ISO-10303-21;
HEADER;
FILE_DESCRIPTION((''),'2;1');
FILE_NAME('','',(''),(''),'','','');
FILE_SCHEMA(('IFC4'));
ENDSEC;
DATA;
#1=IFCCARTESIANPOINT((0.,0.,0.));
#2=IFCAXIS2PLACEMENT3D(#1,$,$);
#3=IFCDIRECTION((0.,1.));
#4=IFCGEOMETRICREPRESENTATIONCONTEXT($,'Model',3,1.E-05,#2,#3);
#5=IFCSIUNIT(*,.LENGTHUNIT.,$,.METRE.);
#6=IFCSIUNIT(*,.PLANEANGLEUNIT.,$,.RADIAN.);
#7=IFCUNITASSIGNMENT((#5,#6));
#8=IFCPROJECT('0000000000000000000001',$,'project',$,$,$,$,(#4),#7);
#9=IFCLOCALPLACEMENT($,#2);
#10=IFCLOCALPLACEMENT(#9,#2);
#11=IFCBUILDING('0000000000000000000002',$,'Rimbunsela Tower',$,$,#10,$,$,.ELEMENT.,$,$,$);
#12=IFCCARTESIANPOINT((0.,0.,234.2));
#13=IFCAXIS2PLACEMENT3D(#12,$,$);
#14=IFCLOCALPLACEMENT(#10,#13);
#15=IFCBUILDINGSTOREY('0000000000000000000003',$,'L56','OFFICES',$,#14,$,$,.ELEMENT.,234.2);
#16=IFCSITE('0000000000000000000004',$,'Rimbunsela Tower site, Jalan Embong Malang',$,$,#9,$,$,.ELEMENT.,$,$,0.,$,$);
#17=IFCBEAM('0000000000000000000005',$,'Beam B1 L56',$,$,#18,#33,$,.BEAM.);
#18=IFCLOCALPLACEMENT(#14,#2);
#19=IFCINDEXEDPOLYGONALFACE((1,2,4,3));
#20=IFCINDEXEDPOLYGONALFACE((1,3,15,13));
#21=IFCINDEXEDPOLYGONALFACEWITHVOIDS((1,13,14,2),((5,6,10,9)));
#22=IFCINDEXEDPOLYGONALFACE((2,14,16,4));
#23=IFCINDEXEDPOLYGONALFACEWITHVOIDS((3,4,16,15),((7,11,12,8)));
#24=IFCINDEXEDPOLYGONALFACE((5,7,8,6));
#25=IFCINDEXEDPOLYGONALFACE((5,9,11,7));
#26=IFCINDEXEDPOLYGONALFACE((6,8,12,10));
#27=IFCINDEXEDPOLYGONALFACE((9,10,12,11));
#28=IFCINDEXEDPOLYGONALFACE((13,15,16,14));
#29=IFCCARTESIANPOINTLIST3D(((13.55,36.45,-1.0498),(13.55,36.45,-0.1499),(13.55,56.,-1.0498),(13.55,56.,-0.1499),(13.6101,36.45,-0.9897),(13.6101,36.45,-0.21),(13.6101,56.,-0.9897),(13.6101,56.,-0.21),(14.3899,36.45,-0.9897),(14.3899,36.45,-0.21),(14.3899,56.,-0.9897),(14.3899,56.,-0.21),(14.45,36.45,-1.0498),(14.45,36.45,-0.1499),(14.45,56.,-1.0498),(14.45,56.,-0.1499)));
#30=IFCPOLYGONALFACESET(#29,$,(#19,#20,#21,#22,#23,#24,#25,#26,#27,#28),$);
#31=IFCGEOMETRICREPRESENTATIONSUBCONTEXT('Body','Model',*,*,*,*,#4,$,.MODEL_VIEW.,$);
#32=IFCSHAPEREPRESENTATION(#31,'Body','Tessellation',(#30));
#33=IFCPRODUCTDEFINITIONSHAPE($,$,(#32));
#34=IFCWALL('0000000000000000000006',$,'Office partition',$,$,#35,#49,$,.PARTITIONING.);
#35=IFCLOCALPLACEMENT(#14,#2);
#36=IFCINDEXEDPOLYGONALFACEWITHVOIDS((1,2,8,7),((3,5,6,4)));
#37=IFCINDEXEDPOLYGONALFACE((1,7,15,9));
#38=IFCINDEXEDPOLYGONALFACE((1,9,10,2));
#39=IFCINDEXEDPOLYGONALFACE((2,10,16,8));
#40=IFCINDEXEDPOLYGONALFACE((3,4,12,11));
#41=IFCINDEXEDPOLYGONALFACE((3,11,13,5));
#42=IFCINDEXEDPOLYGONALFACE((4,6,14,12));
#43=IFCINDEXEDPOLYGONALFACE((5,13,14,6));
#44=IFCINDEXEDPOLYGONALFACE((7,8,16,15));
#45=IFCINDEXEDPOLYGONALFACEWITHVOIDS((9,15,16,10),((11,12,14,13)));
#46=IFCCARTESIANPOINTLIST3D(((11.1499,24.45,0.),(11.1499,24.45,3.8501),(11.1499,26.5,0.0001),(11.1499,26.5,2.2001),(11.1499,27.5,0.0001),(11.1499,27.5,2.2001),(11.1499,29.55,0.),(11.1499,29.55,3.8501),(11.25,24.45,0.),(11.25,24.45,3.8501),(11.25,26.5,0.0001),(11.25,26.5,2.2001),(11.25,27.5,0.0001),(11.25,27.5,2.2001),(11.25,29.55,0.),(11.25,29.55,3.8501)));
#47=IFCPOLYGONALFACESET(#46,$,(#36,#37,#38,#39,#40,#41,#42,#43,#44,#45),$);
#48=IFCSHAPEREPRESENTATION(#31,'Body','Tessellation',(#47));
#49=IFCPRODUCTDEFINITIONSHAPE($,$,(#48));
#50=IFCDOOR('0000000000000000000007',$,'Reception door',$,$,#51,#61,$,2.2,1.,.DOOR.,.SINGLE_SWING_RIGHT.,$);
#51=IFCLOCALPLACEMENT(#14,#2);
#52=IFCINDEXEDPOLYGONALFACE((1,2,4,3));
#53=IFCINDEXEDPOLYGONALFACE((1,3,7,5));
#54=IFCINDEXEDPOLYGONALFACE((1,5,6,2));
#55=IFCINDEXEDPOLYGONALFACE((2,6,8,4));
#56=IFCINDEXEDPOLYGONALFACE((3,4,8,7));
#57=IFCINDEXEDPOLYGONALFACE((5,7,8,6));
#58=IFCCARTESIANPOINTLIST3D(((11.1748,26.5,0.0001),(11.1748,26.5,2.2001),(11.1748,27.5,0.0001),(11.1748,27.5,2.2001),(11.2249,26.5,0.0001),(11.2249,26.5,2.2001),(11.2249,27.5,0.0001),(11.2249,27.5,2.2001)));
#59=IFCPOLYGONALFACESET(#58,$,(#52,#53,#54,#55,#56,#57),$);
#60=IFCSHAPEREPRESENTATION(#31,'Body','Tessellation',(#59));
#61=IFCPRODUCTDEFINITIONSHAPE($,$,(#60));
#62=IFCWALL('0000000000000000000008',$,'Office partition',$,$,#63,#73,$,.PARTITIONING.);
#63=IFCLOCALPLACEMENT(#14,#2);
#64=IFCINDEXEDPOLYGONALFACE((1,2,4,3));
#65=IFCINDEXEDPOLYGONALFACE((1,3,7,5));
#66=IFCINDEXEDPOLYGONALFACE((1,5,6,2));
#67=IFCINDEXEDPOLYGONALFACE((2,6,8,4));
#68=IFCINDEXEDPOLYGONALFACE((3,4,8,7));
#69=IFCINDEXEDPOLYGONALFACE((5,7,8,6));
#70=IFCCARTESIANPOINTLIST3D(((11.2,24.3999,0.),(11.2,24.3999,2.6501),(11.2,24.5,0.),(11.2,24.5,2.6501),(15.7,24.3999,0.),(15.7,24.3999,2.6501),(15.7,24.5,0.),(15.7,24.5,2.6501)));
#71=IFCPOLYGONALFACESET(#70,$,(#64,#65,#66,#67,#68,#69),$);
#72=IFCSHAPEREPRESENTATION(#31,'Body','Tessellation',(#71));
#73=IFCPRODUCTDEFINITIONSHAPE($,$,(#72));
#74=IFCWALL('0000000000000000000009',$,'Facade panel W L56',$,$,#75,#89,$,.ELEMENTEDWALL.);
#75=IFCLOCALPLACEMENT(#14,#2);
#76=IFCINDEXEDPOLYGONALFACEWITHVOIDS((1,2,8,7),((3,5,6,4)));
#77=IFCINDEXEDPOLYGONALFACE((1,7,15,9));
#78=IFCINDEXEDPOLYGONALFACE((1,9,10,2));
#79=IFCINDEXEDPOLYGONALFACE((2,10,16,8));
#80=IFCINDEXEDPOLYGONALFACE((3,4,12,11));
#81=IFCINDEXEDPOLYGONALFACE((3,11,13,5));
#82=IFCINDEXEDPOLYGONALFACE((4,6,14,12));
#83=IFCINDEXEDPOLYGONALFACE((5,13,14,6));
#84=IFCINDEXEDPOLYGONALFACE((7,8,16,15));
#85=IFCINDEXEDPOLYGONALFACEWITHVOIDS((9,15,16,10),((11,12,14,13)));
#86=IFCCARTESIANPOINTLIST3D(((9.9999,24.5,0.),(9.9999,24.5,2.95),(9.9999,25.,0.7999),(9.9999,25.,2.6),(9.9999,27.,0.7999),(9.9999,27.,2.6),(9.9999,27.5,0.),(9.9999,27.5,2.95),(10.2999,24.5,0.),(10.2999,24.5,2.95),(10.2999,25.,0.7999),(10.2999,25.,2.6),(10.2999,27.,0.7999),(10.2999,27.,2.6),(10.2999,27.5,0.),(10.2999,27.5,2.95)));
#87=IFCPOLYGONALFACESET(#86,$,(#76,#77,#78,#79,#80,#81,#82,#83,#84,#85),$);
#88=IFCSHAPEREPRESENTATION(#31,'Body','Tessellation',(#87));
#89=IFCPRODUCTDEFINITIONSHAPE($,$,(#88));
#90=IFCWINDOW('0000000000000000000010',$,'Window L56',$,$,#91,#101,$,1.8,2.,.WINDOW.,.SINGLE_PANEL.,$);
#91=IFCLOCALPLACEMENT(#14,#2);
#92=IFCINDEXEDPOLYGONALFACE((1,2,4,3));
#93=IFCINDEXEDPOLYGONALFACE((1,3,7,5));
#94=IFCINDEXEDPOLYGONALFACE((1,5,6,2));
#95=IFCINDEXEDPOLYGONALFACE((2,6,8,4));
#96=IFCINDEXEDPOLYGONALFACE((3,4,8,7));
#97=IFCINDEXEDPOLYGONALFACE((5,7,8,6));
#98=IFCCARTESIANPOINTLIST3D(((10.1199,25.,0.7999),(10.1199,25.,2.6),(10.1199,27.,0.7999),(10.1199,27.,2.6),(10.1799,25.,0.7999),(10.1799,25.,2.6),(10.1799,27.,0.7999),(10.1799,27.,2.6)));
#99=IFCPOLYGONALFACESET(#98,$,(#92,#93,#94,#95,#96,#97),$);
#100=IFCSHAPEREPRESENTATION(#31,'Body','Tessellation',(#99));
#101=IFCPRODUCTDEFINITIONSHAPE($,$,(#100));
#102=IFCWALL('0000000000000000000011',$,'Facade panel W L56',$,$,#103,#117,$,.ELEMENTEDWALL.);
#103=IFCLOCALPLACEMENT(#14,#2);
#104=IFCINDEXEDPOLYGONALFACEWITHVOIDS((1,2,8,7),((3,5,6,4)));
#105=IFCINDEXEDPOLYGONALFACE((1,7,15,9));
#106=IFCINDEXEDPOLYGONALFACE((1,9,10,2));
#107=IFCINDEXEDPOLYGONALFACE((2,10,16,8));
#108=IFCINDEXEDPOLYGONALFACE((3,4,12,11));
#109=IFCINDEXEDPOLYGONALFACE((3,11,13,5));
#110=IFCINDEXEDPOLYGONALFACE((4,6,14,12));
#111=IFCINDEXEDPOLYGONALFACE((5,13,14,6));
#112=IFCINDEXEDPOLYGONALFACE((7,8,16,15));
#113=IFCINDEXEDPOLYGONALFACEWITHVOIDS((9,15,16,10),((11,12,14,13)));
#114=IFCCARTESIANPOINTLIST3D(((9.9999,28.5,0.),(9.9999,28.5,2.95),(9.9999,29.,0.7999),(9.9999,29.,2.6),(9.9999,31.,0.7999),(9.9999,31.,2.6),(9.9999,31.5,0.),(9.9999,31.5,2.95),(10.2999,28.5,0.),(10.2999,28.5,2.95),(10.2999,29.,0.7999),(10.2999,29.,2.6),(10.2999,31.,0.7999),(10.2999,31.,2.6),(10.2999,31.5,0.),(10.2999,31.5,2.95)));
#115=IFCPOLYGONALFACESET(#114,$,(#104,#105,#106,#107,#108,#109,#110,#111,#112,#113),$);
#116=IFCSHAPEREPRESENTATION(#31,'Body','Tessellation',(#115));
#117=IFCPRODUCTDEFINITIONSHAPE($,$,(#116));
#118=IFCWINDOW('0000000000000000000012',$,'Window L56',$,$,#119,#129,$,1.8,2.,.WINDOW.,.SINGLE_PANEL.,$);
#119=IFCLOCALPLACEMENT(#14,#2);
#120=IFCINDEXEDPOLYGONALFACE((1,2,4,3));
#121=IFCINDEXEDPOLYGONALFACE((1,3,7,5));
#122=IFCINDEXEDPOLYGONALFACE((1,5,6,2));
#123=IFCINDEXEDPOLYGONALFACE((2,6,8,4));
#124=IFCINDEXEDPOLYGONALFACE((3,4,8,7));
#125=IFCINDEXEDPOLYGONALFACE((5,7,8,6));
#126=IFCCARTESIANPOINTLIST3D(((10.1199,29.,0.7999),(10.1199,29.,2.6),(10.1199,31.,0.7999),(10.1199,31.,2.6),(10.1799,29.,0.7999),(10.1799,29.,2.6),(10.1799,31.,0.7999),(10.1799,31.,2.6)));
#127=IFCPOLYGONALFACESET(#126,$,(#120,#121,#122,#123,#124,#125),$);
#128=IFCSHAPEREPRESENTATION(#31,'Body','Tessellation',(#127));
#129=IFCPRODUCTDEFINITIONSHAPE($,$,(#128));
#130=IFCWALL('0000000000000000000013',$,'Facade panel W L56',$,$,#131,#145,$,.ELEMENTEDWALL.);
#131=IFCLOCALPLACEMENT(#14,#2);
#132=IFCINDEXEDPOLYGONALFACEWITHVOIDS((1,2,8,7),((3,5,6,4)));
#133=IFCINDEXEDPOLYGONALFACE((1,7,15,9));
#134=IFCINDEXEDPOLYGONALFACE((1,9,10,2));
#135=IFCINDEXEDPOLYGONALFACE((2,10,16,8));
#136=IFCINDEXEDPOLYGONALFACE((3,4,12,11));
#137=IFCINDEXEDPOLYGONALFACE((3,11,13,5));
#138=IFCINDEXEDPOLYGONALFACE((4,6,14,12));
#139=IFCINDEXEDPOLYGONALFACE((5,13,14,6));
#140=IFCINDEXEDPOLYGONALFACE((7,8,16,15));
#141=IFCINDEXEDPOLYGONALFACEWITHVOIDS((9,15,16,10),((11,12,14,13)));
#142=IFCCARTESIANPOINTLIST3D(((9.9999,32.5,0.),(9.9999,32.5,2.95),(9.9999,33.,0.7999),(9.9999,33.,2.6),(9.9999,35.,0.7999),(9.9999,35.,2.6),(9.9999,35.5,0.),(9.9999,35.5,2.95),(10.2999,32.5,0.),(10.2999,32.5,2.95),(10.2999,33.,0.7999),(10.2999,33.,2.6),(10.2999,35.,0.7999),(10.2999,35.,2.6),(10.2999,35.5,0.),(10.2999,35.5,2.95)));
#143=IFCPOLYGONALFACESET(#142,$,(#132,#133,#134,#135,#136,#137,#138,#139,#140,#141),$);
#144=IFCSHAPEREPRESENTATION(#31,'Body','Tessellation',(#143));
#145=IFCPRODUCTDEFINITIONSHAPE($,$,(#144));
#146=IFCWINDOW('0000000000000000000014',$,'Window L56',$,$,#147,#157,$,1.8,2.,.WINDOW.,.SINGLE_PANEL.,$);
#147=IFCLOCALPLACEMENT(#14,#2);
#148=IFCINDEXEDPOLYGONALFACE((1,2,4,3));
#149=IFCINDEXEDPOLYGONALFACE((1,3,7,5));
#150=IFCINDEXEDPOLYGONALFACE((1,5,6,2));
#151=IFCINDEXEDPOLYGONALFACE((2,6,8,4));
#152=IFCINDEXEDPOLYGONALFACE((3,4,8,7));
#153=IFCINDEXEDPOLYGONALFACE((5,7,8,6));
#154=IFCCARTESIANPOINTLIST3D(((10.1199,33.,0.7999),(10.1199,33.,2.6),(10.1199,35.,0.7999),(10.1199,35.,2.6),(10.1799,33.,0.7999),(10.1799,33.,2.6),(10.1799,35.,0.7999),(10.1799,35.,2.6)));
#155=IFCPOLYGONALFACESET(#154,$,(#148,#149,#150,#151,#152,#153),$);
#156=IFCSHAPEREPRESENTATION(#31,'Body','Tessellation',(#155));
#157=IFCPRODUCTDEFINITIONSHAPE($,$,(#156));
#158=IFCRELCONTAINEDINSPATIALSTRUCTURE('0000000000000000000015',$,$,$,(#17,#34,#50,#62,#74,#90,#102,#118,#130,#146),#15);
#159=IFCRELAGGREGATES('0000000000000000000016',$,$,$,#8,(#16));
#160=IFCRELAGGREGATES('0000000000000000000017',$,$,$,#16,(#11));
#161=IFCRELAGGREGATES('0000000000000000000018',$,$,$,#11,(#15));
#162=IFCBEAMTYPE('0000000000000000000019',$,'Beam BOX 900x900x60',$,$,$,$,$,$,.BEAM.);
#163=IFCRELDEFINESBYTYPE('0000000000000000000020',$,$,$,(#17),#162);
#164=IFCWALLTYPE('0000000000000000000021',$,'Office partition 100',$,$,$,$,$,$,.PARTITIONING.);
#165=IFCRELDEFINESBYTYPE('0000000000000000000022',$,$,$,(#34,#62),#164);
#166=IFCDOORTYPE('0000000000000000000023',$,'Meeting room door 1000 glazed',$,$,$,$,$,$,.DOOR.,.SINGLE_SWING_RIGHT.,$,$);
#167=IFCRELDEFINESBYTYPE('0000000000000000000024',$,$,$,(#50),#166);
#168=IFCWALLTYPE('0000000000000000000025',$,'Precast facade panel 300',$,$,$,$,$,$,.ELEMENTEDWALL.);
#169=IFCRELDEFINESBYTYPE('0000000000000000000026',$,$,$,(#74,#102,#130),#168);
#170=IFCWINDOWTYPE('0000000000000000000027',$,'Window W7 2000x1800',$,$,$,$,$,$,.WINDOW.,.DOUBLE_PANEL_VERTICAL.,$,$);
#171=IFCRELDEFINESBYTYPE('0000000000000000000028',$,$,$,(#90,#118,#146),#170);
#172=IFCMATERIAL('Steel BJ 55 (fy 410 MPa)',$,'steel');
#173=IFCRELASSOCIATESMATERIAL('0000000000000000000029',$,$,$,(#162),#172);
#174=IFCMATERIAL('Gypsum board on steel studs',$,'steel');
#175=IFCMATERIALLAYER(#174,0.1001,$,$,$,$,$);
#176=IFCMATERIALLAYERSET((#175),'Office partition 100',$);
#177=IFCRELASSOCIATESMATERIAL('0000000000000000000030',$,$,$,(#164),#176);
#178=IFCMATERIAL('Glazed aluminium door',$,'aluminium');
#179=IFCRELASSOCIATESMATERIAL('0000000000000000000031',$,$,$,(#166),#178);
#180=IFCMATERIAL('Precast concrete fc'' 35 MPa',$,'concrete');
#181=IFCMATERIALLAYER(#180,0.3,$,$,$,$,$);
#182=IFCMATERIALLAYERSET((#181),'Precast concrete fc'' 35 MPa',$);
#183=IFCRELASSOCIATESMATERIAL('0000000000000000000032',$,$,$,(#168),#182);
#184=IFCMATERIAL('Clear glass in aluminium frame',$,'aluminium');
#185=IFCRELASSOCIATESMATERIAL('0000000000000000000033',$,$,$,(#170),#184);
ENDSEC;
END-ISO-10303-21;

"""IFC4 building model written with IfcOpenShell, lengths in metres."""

from ifc_helpers import new_model, si_unit, direction, frame, frame_2d, origin, origin_2d, place, context, subcontext, project, spatial, rectangle, hollow_rectangle, extrude, material, layer, layer_set, material_profile, profile_set, type_object, element, fill, save


model = new_model("IFC4")

# Units and contexts
model_context = context("Model", 3, precision=1e-05, world=origin(), true_north=direction((0.0, 1.0)))
body_context = subcontext(model_context, "Body", "Model", "MODEL_VIEW")
ifc_project = project(units=[si_unit("LENGTHUNIT", "METRE"), si_unit("PLANEANGLEUNIT", "RADIAN")], contexts=[model_context])

# Site, building, storey
site_placement = place(None, origin())
site = spatial("IfcSite", under=ifc_project, at=site_placement, Name="Rimbunsela Tower site, Jalan Embong Malang", CompositionType="ELEMENT", RefElevation=0.0)
building_placement = place(site_placement, origin())
building = spatial("IfcBuilding", under=site, at=building_placement, Name="Rimbunsela Tower", CompositionType="ELEMENT")
storey_placement = place(building_placement, frame((0.0, 0.0, 234.2)))
storey = spatial("IfcBuildingStorey", under=building, at=storey_placement, Name="L56", Description="OFFICES", CompositionType="ELEMENT", Elevation=234.2)

# Beam
ifc_material_1 = material(Name="Steel BJ 55 (fy 410 MPa)", Category="steel")
ifc_material_profile_1 = material_profile(ifc_material_1, hollow_rectangle(XDim=0.8999, YDim=0.8999, WallThickness=0.0601, at=origin_2d()), Name="BOX 900x900x60")
ifc_profile_set_1 = profile_set([ifc_material_profile_1], Name="Steel BJ 55 (fy 410 MPa)")
beam_type_1 = type_object("IfcBeamType", Name="Beam BOX 900x900x60", PredefinedType="BEAM", material=ifc_profile_set_1)
beam_placement = place(storey_placement, frame((14.0, 36.45, -0.5999), z_axis=(0.0, 1.0, 0.0), x_axis=(-1.0, 0.0, 0.0)))
element("IfcBeam", 1, at=beam_placement, inside=storey, type_object=beam_type_1, Name="Beam B1 L56", PredefinedType="BEAM", context=body_context, shape_type="SweptSolid", body=[
    extrude(hollow_rectangle(XDim=0.8999, YDim=0.8999, WallThickness=0.0601, at=origin_2d()), origin(), (0.0, 0.0, 1.0), 19.55),
])

# Wall, opening, door
ifc_material_2 = material(Name="Gypsum board on steel studs", Category="steel")
ifc_layer_1 = layer(ifc_material_2, 0.1001)
ifc_layer_set_1 = layer_set([ifc_layer_1], Name="Office partition 100")
wall_type_1 = type_object("IfcWallType", Name="Office partition 100", PredefinedType="PARTITIONING", material=ifc_layer_set_1)
wall_1_placement = place(storey_placement, frame((11.2, 29.55, 0.0), z_axis=(0.0, 0.0, 1.0), x_axis=(0.0, -1.0, 0.0)))
wall_1 = element("IfcWall", 2, at=wall_1_placement, inside=storey, type_object=wall_type_1, Name="Office partition", PredefinedType="PARTITIONING", context=body_context, shape_type="SweptSolid", body=[
    extrude(rectangle(XDim=5.1001, YDim=0.1001, at=frame_2d((2.55, 0.0))), origin(), (0.0, 0.0, 1.0), 3.8501),
])
opening_1_placement = place(wall_1_placement, frame((2.05, 0.0, 0.0)))
opening_1 = element("IfcOpeningElement", 3, at=opening_1_placement, cuts=wall_1, PredefinedType="OPENING", context=body_context, shape_type="SweptSolid", body=[
    extrude(rectangle(XDim=1.0, YDim=2.2, at=frame_2d((0.5, 1.1001))), frame((0.0, 0.0601, 0.0), z_axis=(0.0, -1.0, 0.0), x_axis=(1.0, 0.0, 0.0)), (0.0, 0.0, 1.0), 0.1201),
])
ifc_material_3 = material(Name="Glazed aluminium door", Category="aluminium")
door_type = type_object("IfcDoorType", Name="Meeting room door 1000 glazed", OperationType="SINGLE_SWING_RIGHT", PredefinedType="DOOR", material=ifc_material_3)
door_placement = place(opening_1_placement, origin())
door = element("IfcDoor", 4, at=door_placement, inside=storey, type_object=door_type, Name="Reception door", OperationType="SINGLE_SWING_RIGHT", OverallHeight=2.2, OverallWidth=1.0, PredefinedType="DOOR", context=body_context, shape_type="SweptSolid", body=[
    extrude(rectangle(XDim=1.0, YDim=2.2, at=frame_2d((0.5, 1.1001))), frame((0.0, 0.0249, 0.0), z_axis=(0.0, -1.0, 0.0), x_axis=(1.0, 0.0, 0.0)), (0.0, 0.0, 1.0), 0.05),
])
fill(opening_1, door)

# Wall
wall_2_placement = place(storey_placement, frame((11.2, 24.45, 0.0), z_axis=(0.0, 0.0, 1.0), x_axis=(1.0, 0.0, 0.0)))
element("IfcWall", 5, at=wall_2_placement, inside=storey, type_object=wall_type_1, Name="Office partition", PredefinedType="PARTITIONING", context=body_context, shape_type="SweptSolid", body=[
    extrude(rectangle(XDim=4.5, YDim=0.1001, at=frame_2d((2.25, 0.0))), origin(), (0.0, 0.0, 1.0), 2.6501),
])

# Walls, openings, windows
ifc_material_4 = material(Name="Precast concrete fc' 35 MPa", Category="concrete")
ifc_layer_2 = layer(ifc_material_4, 0.3)
ifc_layer_set_2 = layer_set([ifc_layer_2], Name="Precast concrete fc' 35 MPa")
wall_type_2 = type_object("IfcWallType", Name="Precast facade panel 300", PredefinedType="ELEMENTEDWALL", material=ifc_layer_set_2)
wall_3_placement = place(storey_placement, frame((10.1499, 27.5, 0.0), z_axis=(0.0, 0.0, 1.0), x_axis=(0.0, -1.0, 0.0)))
wall_3 = element("IfcWall", 6, at=wall_3_placement, inside=storey, type_object=wall_type_2, Name="Facade panel W L56", PredefinedType="ELEMENTEDWALL", context=body_context, shape_type="SweptSolid", body=[
    extrude(rectangle(XDim=3.0, YDim=0.3, at=frame_2d((1.5, 0.0))), origin(), (0.0, 0.0, 1.0), 2.95),
])
opening_2_placement = place(wall_3_placement, frame((0.5, 0.0, 0.8)))
opening_2 = element("IfcOpeningElement", 7, at=opening_2_placement, cuts=wall_3, PredefinedType="OPENING", context=body_context, shape_type="SweptSolid", body=[
    extrude(rectangle(XDim=2.0, YDim=1.8, at=frame_2d((1.0, 0.8999))), frame((0.0, 0.1599, 0.0), z_axis=(0.0, -1.0, 0.0), x_axis=(1.0, 0.0, 0.0)), (0.0, 0.0, 1.0), 0.3201),
])
ifc_material_5 = material(Name="Clear glass in aluminium frame", Category="aluminium")
window_type = type_object("IfcWindowType", Name="Window W7 2000x1800", PartitioningType="DOUBLE_PANEL_VERTICAL", PredefinedType="WINDOW", material=ifc_material_5)
window_1_placement = place(opening_2_placement, origin())
window_1 = element("IfcWindow", 8, at=window_1_placement, inside=storey, type_object=window_type, Name="Window L56", OverallHeight=1.8, OverallWidth=2.0, PartitioningType="SINGLE_PANEL", PredefinedType="WINDOW", context=body_context, shape_type="SweptSolid", body=[
    extrude(rectangle(XDim=2.0, YDim=1.8, at=frame_2d((1.0, 0.8999))), frame((0.0, 0.03, 0.0), z_axis=(0.0, -1.0, 0.0), x_axis=(1.0, 0.0, 0.0)), (0.0, 0.0, 1.0), 0.0601),
])
fill(opening_2, window_1)
wall_4_placement = place(storey_placement, frame((10.1499, 31.5, 0.0), z_axis=(0.0, 0.0, 1.0), x_axis=(0.0, -1.0, 0.0)))
wall_4 = element("IfcWall", 9, at=wall_4_placement, inside=storey, type_object=wall_type_2, Name="Facade panel W L56", PredefinedType="ELEMENTEDWALL", context=body_context, shape_type="SweptSolid", body=[
    extrude(rectangle(XDim=3.0, YDim=0.3, at=frame_2d((1.5, 0.0))), origin(), (0.0, 0.0, 1.0), 2.95),
])
opening_3_placement = place(wall_4_placement, frame((0.5, 0.0, 0.8)))
opening_3 = element("IfcOpeningElement", 10, at=opening_3_placement, cuts=wall_4, PredefinedType="OPENING", context=body_context, shape_type="SweptSolid", body=[
    extrude(rectangle(XDim=2.0, YDim=1.8, at=frame_2d((1.0, 0.8999))), frame((0.0, 0.1599, 0.0), z_axis=(0.0, -1.0, 0.0), x_axis=(1.0, 0.0, 0.0)), (0.0, 0.0, 1.0), 0.3201),
])
window_2_placement = place(opening_3_placement, origin())
window_2 = element("IfcWindow", 11, at=window_2_placement, inside=storey, type_object=window_type, Name="Window L56", OverallHeight=1.8, OverallWidth=2.0, PartitioningType="SINGLE_PANEL", PredefinedType="WINDOW", context=body_context, shape_type="SweptSolid", body=[
    extrude(rectangle(XDim=2.0, YDim=1.8, at=frame_2d((1.0, 0.8999))), frame((0.0, 0.03, 0.0), z_axis=(0.0, -1.0, 0.0), x_axis=(1.0, 0.0, 0.0)), (0.0, 0.0, 1.0), 0.0601),
])
fill(opening_3, window_2)
wall_5_placement = place(storey_placement, frame((10.1499, 35.5, 0.0), z_axis=(0.0, 0.0, 1.0), x_axis=(0.0, -1.0, 0.0)))
wall_5 = element("IfcWall", 12, at=wall_5_placement, inside=storey, type_object=wall_type_2, Name="Facade panel W L56", PredefinedType="ELEMENTEDWALL", context=body_context, shape_type="SweptSolid", body=[
    extrude(rectangle(XDim=3.0, YDim=0.3, at=frame_2d((1.5, 0.0))), origin(), (0.0, 0.0, 1.0), 2.95),
])
opening_4_placement = place(wall_5_placement, frame((0.5, 0.0, 0.8)))
opening_4 = element("IfcOpeningElement", 13, at=opening_4_placement, cuts=wall_5, PredefinedType="OPENING", context=body_context, shape_type="SweptSolid", body=[
    extrude(rectangle(XDim=2.0, YDim=1.8, at=frame_2d((1.0, 0.8999))), frame((0.0, 0.1599, 0.0), z_axis=(0.0, -1.0, 0.0), x_axis=(1.0, 0.0, 0.0)), (0.0, 0.0, 1.0), 0.3201),
])
window_3_placement = place(opening_4_placement, origin())
window_3 = element("IfcWindow", 14, at=window_3_placement, inside=storey, type_object=window_type, Name="Window L56", OverallHeight=1.8, OverallWidth=2.0, PartitioningType="SINGLE_PANEL", PredefinedType="WINDOW", context=body_context, shape_type="SweptSolid", body=[
    extrude(rectangle(XDim=2.0, YDim=1.8, at=frame_2d((1.0, 0.8999))), frame((0.0, 0.03, 0.0), z_axis=(0.0, -1.0, 0.0), x_axis=(1.0, 0.0, 0.0)), (0.0, 0.0, 1.0), 0.0601),
])
fill(opening_4, window_3)

save(model, "model.ifc")
